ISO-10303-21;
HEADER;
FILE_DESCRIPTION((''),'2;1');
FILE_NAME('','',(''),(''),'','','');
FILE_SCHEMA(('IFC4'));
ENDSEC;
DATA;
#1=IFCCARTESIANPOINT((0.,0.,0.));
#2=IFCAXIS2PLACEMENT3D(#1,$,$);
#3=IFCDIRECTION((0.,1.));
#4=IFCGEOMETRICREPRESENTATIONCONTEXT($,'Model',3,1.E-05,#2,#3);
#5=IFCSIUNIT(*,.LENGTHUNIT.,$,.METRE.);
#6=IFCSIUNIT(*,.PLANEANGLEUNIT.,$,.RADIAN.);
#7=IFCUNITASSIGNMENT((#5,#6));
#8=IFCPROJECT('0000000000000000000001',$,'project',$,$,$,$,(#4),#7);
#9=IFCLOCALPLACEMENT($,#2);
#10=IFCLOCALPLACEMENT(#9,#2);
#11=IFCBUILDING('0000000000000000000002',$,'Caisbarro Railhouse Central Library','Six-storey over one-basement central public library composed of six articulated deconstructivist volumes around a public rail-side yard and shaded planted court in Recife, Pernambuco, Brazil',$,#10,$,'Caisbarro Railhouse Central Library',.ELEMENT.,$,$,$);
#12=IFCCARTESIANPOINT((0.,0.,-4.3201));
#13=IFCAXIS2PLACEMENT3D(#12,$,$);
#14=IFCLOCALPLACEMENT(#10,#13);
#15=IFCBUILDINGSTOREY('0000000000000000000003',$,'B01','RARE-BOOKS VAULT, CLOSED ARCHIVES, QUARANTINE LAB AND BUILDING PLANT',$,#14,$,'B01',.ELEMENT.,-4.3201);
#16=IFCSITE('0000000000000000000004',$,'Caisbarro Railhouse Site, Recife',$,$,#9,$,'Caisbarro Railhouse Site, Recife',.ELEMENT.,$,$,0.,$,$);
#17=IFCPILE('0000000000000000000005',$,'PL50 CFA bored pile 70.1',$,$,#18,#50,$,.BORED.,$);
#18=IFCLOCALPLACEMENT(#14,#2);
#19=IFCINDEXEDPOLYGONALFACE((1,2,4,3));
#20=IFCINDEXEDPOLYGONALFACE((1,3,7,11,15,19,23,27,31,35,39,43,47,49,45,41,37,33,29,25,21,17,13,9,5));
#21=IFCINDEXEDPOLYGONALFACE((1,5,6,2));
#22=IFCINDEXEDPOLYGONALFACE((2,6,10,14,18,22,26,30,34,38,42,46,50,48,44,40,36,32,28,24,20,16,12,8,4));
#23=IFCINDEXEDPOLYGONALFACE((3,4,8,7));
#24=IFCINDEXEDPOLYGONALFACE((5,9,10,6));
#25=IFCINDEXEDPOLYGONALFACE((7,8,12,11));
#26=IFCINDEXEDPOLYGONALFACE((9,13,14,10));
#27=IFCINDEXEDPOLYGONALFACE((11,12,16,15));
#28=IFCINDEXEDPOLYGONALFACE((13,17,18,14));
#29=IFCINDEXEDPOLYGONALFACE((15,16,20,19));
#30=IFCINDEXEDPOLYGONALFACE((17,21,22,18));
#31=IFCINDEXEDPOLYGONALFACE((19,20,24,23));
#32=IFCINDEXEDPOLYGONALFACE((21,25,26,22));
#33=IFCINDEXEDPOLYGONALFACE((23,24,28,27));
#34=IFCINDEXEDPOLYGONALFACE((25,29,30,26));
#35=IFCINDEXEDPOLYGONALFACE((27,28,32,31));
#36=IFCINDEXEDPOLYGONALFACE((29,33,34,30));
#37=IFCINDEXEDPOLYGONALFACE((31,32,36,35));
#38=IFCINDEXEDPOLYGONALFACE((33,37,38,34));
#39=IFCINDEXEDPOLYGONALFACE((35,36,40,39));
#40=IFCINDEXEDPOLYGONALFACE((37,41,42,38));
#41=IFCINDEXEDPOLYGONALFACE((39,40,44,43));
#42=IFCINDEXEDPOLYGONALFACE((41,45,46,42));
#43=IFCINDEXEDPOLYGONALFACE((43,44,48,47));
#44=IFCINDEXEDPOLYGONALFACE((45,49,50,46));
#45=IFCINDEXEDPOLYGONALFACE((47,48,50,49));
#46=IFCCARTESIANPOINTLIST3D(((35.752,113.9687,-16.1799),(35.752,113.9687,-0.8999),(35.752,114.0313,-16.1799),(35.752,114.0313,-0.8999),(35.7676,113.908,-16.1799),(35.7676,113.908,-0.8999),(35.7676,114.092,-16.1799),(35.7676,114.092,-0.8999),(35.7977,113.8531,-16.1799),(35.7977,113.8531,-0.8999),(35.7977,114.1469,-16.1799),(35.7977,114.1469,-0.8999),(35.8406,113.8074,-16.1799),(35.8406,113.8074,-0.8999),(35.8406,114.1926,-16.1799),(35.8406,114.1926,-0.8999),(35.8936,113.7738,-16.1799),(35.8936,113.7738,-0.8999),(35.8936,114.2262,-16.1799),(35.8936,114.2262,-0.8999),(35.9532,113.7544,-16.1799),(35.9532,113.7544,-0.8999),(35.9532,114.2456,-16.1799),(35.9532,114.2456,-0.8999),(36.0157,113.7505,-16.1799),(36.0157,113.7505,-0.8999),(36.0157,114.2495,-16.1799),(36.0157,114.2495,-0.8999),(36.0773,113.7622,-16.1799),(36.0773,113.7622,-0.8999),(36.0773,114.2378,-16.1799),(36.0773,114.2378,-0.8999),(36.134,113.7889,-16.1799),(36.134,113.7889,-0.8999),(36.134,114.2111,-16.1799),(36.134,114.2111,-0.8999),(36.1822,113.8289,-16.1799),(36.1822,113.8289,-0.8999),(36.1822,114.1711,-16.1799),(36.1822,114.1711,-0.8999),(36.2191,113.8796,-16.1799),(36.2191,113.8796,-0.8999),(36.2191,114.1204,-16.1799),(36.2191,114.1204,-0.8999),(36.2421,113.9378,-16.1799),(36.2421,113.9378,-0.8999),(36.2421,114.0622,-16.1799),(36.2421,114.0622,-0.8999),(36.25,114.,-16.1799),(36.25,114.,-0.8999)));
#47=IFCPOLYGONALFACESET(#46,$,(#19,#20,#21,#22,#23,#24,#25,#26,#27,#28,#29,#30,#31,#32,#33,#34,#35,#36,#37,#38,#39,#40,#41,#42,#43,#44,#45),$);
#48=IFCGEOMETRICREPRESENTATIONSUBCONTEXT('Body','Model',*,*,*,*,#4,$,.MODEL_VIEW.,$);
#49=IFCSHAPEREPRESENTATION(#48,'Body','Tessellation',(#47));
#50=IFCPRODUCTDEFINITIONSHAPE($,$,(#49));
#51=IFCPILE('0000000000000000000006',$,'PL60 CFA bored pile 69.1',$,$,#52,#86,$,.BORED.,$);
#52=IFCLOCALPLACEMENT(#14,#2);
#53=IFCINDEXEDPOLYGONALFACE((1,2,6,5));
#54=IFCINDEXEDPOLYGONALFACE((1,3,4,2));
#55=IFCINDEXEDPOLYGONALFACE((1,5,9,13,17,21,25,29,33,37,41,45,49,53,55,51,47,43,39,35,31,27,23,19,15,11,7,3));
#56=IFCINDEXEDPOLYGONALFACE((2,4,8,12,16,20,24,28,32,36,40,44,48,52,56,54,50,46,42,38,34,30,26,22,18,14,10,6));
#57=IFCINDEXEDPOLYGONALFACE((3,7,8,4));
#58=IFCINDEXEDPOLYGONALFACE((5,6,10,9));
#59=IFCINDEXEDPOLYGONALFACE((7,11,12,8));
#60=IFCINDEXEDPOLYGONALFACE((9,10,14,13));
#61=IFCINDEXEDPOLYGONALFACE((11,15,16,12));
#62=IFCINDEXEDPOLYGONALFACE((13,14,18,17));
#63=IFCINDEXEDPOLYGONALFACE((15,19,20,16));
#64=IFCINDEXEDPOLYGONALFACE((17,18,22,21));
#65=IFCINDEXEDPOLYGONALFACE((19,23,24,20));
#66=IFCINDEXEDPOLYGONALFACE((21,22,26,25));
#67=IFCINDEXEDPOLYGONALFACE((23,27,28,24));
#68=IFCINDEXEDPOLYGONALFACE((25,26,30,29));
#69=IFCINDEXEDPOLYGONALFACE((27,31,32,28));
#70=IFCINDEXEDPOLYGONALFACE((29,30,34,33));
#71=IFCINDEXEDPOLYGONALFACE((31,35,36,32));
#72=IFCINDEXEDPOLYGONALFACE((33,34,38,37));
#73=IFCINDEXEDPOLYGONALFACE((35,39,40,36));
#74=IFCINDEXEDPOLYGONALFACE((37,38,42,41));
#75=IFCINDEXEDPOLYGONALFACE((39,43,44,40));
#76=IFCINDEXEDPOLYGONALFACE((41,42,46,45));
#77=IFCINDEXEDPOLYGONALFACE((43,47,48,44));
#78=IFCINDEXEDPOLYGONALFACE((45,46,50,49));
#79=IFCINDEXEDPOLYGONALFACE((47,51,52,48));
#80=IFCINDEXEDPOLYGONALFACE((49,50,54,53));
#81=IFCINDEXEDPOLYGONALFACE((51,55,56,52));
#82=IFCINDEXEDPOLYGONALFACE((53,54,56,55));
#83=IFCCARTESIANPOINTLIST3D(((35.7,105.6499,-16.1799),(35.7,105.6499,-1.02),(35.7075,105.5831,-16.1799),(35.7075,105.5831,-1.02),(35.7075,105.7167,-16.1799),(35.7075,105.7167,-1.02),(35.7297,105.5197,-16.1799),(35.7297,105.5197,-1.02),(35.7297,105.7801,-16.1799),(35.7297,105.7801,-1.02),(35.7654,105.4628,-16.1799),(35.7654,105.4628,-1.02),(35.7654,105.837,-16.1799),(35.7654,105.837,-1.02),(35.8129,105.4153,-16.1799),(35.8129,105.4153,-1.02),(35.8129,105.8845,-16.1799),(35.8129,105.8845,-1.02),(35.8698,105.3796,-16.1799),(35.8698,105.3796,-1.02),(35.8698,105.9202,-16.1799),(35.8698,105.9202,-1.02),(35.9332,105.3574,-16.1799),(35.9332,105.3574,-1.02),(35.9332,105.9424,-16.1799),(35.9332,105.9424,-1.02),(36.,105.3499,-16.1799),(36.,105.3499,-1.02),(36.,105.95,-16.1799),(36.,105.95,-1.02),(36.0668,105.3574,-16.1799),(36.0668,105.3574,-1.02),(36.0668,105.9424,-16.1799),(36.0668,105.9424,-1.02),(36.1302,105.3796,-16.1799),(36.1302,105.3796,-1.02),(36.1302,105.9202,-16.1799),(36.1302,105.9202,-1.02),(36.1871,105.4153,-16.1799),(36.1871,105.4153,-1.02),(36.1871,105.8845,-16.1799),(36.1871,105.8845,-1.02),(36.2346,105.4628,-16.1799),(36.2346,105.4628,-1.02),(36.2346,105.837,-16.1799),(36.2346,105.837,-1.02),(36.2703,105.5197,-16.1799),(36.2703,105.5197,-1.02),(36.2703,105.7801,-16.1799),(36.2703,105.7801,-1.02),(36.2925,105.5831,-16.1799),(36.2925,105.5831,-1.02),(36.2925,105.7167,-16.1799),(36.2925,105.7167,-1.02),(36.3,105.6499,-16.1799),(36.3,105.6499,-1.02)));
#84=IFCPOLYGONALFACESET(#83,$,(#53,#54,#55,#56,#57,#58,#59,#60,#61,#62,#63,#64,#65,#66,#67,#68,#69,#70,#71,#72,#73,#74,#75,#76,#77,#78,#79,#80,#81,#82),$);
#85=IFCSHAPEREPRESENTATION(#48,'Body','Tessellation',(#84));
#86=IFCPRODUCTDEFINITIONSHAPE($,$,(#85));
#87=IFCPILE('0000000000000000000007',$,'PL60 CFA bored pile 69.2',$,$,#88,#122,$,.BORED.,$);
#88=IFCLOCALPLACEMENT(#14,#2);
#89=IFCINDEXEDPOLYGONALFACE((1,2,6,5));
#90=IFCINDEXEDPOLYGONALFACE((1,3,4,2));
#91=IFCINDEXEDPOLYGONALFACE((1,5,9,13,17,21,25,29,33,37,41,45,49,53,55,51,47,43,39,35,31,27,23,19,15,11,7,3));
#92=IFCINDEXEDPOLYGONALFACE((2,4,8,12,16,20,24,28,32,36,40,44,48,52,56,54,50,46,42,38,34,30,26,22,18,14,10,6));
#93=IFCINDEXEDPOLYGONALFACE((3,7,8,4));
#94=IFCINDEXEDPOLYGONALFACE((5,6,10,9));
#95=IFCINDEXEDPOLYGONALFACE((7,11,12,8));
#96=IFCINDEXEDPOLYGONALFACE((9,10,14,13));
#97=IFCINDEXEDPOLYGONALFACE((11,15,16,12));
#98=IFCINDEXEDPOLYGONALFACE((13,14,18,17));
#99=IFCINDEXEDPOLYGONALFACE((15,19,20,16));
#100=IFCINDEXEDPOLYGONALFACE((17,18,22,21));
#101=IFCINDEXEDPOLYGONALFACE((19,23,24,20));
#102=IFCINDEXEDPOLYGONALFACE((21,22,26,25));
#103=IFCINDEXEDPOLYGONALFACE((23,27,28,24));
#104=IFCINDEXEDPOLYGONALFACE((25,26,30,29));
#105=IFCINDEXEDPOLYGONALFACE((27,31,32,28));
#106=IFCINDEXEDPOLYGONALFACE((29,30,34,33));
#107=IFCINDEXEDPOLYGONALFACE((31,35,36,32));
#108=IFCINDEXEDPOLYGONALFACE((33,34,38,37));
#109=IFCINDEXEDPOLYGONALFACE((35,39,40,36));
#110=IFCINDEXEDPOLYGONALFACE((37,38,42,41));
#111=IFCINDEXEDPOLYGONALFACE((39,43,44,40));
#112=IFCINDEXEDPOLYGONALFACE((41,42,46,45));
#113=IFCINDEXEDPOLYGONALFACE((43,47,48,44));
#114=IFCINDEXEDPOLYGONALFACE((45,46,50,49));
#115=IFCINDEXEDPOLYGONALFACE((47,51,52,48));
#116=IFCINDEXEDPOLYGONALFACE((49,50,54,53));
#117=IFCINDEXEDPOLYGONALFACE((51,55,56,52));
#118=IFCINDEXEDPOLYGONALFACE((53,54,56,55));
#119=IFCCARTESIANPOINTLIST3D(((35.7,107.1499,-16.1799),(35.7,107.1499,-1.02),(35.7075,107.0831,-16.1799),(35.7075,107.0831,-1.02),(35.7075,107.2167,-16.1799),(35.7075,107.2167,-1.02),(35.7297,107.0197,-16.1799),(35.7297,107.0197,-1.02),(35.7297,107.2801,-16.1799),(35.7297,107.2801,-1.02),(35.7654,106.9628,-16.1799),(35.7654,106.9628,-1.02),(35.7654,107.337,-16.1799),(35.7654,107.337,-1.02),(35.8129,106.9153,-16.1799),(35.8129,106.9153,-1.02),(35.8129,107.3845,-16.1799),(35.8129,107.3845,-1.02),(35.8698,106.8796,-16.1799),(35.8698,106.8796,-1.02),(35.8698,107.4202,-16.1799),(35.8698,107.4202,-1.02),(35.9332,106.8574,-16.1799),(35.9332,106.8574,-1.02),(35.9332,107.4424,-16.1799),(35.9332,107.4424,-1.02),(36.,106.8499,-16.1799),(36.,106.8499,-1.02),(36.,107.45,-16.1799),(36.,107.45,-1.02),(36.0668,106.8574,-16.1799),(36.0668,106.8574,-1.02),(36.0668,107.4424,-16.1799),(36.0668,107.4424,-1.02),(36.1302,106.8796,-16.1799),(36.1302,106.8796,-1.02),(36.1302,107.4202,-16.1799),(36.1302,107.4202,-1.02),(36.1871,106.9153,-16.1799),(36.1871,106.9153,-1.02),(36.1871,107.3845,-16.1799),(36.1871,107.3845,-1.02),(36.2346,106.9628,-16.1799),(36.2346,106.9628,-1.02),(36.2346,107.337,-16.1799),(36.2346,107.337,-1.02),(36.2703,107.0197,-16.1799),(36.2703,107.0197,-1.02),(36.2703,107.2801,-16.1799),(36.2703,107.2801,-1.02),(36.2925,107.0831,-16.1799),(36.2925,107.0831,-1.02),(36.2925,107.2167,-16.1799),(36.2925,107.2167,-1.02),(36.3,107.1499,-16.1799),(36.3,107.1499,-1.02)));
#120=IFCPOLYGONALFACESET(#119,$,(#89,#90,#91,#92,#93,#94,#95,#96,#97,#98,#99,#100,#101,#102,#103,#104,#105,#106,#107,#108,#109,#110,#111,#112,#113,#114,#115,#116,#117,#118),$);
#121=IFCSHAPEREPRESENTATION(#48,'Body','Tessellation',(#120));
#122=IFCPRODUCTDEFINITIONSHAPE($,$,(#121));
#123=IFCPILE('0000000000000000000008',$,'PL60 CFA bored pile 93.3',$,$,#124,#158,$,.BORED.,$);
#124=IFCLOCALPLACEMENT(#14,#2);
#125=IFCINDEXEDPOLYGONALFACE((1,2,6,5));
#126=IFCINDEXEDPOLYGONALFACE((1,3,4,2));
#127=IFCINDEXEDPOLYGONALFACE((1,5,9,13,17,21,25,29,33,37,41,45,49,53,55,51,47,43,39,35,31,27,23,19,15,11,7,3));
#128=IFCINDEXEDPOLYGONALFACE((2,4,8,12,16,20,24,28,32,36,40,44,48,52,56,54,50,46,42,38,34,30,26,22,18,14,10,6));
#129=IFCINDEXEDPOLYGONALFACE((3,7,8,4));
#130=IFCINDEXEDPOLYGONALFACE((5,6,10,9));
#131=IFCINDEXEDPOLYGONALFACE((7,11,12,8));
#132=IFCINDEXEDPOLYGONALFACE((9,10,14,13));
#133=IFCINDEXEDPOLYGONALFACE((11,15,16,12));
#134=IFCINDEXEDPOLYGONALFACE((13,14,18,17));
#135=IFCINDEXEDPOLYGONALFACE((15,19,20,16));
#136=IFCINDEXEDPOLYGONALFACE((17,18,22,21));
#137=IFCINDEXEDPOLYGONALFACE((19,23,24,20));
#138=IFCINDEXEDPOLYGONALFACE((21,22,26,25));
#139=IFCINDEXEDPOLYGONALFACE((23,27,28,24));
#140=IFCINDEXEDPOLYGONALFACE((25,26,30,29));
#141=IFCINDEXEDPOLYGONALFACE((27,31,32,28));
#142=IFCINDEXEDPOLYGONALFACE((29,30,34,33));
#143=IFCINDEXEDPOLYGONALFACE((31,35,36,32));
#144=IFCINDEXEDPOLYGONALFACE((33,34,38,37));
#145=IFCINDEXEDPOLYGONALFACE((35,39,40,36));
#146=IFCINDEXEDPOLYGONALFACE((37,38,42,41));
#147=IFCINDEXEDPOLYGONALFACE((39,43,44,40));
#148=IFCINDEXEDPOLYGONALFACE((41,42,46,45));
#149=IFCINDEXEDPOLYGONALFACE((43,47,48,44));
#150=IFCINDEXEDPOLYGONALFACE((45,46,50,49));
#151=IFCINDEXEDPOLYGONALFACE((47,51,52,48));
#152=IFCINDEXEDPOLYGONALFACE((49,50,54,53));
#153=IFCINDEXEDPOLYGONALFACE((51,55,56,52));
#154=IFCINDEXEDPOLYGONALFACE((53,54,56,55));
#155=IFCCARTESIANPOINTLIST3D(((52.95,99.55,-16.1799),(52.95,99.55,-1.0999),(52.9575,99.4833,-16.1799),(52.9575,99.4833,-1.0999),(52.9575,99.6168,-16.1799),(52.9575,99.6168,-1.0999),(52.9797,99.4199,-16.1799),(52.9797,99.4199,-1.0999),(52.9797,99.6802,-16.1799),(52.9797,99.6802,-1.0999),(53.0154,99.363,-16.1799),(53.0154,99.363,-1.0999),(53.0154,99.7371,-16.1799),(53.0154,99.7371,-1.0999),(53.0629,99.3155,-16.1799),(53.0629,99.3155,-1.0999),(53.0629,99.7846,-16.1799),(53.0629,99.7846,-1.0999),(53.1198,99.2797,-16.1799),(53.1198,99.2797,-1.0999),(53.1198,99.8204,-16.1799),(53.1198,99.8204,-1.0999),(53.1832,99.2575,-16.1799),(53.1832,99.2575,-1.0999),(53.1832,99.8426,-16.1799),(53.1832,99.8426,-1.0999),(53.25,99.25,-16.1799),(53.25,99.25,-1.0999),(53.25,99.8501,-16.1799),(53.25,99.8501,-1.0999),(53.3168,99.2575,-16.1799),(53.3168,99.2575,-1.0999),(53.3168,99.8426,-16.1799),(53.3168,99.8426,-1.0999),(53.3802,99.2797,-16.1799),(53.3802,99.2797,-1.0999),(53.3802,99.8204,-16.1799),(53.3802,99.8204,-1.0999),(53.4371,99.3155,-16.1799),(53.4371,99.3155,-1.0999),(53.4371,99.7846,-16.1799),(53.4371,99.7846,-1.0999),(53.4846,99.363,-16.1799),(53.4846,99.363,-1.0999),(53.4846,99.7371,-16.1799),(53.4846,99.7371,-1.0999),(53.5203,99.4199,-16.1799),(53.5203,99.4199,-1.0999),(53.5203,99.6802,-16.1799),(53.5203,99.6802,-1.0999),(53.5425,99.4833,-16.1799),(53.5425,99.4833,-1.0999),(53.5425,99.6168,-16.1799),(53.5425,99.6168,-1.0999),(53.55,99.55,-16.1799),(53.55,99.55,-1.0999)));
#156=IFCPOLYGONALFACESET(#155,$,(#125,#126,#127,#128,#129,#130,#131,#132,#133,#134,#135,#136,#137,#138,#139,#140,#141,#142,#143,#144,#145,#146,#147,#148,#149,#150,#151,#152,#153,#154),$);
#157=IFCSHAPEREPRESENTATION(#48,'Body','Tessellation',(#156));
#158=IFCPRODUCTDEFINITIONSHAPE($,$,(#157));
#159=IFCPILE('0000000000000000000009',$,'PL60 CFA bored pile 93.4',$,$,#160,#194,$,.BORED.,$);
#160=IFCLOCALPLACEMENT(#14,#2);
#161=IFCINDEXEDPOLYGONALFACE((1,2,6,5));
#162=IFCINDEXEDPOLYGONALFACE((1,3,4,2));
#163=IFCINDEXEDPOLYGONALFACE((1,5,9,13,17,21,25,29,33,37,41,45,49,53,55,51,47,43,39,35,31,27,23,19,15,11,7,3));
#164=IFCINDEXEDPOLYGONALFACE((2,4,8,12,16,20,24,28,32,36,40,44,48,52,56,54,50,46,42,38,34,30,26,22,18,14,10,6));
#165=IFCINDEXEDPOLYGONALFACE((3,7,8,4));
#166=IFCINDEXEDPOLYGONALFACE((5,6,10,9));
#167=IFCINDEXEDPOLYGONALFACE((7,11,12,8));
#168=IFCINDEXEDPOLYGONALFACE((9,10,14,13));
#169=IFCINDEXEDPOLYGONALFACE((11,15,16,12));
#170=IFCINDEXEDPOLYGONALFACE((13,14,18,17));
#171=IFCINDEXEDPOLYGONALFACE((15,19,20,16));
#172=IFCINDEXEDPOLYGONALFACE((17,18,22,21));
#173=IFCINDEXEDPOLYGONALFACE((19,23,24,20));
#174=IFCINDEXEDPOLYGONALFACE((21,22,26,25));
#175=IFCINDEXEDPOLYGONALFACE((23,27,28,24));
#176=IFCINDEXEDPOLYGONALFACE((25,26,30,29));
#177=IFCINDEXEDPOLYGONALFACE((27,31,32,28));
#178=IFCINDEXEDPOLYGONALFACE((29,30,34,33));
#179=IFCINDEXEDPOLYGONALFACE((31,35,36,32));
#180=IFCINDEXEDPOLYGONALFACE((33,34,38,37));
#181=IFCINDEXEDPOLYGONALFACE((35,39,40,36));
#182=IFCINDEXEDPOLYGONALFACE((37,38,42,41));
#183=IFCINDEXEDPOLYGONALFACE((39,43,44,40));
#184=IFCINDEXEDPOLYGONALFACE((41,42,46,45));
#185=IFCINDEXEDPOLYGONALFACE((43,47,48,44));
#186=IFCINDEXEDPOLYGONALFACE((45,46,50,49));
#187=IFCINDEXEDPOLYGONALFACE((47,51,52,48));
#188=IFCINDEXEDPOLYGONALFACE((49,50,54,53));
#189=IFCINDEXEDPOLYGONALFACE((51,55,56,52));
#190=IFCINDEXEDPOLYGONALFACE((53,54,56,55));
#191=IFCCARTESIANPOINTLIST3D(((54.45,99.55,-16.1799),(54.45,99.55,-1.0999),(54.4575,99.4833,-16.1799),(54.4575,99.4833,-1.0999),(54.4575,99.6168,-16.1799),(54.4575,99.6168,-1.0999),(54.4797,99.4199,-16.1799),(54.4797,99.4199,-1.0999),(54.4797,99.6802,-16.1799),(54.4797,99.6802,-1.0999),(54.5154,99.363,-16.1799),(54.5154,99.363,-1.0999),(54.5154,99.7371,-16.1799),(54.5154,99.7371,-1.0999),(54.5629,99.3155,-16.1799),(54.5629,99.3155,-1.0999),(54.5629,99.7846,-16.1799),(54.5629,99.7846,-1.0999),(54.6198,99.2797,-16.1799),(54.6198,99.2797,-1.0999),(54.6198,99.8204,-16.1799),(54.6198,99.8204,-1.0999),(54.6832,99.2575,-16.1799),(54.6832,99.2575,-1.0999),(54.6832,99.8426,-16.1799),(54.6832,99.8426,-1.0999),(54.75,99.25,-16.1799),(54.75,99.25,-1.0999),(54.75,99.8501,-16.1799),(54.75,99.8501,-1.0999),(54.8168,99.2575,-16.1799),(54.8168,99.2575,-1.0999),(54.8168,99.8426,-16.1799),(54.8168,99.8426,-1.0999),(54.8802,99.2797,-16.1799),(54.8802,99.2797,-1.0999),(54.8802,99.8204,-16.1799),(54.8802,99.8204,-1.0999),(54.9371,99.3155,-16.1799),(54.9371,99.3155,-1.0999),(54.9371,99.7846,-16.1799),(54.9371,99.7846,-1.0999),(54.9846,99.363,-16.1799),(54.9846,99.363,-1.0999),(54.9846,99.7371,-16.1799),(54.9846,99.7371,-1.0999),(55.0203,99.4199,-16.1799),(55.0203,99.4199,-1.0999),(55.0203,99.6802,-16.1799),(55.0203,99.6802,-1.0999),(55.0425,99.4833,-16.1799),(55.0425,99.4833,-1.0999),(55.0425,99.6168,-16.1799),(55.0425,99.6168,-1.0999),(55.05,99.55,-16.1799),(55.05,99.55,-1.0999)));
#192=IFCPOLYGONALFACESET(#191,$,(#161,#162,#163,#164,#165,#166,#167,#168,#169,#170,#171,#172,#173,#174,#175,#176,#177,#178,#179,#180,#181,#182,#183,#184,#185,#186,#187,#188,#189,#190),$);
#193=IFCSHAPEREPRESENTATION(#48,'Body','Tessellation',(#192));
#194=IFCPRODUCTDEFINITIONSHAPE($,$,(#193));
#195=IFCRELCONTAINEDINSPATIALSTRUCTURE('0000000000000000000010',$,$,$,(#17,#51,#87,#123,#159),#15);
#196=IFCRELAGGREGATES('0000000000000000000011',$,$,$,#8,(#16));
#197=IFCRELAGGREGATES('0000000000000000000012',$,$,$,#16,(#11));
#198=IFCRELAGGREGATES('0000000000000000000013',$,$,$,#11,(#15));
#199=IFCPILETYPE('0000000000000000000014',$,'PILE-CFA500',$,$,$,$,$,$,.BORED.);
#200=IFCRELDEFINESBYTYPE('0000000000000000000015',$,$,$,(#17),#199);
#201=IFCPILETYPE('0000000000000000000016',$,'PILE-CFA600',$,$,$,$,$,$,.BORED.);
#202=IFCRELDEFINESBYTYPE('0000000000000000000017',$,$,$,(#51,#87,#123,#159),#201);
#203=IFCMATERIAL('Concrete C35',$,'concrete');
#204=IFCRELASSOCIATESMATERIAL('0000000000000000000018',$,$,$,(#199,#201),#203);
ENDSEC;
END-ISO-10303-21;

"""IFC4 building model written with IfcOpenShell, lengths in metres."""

from ifc_helpers import new_model, si_unit, direction, frame, origin, origin_2d, place, context, subcontext, project, spatial, circle, extrude, material, material_profile, profile_set, type_object, element, save


model = new_model("IFC4")

# Units and contexts
model_context = context("Model", 3, precision=1e-05, world=origin(), true_north=direction((0.0, 1.0)))
body_context = subcontext(model_context, "Body", "Model", "MODEL_VIEW")
ifc_project = project(units=[si_unit("LENGTHUNIT", "METRE"), si_unit("PLANEANGLEUNIT", "RADIAN")], contexts=[model_context])

# Site, building, storey
site_placement = place(None, origin())
site = spatial("IfcSite", under=ifc_project, at=site_placement, Name="Caisbarro Railhouse Site, Recife", LongName="Caisbarro Railhouse Site, Recife", CompositionType="ELEMENT", RefElevation=0.0)
building_placement = place(site_placement, origin())
building = spatial("IfcBuilding", under=site, at=building_placement, Name="Caisbarro Railhouse Central Library", Description="Six-storey over one-basement central public library composed of six articulated deconstructivist volumes around a public rail-side yard and shaded planted court in Recife, Pernambuco, Brazil", LongName="Caisbarro Railhouse Central Library", CompositionType="ELEMENT")
storey_placement = place(building_placement, frame((0.0, 0.0, -4.3201)))
storey = spatial("IfcBuildingStorey", under=building, at=storey_placement, Name="B01", Description="RARE-BOOKS VAULT, CLOSED ARCHIVES, QUARANTINE LAB AND BUILDING PLANT", LongName="B01", CompositionType="ELEMENT", Elevation=-4.3201)

# Shared definitions
ifc_material_1 = material(Name="Concrete C35", Category="concrete")

# Piles
ifc_material_profile_1 = material_profile(ifc_material_1, circle(Radius=0.25, at=origin_2d()), Name="PILE-CFA-500")
ifc_profile_set_1 = profile_set([ifc_material_profile_1], Name="Concrete C35")
pile_type_1 = type_object("IfcPileType", Name="PILE-CFA500", PredefinedType="BORED", material=ifc_profile_set_1)
pile_1_placement = place(storey_placement, frame((36.0, 114.0, -0.8999), z_axis=(0.0, 0.0, -1.0), x_axis=(1.0, 0.0, 0.0)))
element("IfcPile", 1, at=pile_1_placement, inside=storey, type_object=pile_type_1, Name="PL50 CFA bored pile 70.1", PredefinedType="BORED", context=body_context, shape_type="SweptSolid", body=[
    extrude(circle(Radius=0.25, at=origin_2d()), origin(), (0.0, 0.0, 1.0), 15.28),
])
ifc_material_profile_2 = material_profile(ifc_material_1, circle(Radius=0.3, at=origin_2d()), Name="PILE-CFA-600")
ifc_profile_set_2 = profile_set([ifc_material_profile_2], Name="Concrete C35")
pile_type_2 = type_object("IfcPileType", Name="PILE-CFA600", PredefinedType="BORED", material=ifc_profile_set_2)
for number, where, z_axis, x_axis, name in (
    (2, (36.0, 105.6499, -1.02), (0.0, 0.0, -1.0), (1.0, 0.0, 0.0), "PL60 CFA bored pile 69.1"),
    (3, (36.0, 107.1499, -1.02), (0.0, 0.0, -1.0), (1.0, 0.0, 0.0), "PL60 CFA bored pile 69.2"),
):
    element("IfcPile", number, at=place(storey_placement, frame(where, z_axis=z_axis, x_axis=x_axis)), inside=storey, type_object=pile_type_2, Name=name, PredefinedType="BORED", context=body_context, shape_type="SweptSolid", body=[
        extrude(circle(Radius=0.3, at=origin_2d()), origin(), (0.0, 0.0, 1.0), 15.1599),
    ])
for number, where, z_axis, x_axis, name in (
    (4, (53.25, 99.55, -1.0999), (0.0, 0.0, -1.0), (1.0, 0.0, 0.0), "PL60 CFA bored pile 93.3"),
    (5, (54.75, 99.55, -1.0999), (0.0, 0.0, -1.0), (1.0, 0.0, 0.0), "PL60 CFA bored pile 93.4"),
):
    element("IfcPile", number, at=place(storey_placement, frame(where, z_axis=z_axis, x_axis=x_axis)), inside=storey, type_object=pile_type_2, Name=name, PredefinedType="BORED", context=body_context, shape_type="SweptSolid", body=[
        extrude(circle(Radius=0.3, at=origin_2d()), origin(), (0.0, 0.0, 1.0), 15.0801),
    ])

save(model, "model.ifc")
